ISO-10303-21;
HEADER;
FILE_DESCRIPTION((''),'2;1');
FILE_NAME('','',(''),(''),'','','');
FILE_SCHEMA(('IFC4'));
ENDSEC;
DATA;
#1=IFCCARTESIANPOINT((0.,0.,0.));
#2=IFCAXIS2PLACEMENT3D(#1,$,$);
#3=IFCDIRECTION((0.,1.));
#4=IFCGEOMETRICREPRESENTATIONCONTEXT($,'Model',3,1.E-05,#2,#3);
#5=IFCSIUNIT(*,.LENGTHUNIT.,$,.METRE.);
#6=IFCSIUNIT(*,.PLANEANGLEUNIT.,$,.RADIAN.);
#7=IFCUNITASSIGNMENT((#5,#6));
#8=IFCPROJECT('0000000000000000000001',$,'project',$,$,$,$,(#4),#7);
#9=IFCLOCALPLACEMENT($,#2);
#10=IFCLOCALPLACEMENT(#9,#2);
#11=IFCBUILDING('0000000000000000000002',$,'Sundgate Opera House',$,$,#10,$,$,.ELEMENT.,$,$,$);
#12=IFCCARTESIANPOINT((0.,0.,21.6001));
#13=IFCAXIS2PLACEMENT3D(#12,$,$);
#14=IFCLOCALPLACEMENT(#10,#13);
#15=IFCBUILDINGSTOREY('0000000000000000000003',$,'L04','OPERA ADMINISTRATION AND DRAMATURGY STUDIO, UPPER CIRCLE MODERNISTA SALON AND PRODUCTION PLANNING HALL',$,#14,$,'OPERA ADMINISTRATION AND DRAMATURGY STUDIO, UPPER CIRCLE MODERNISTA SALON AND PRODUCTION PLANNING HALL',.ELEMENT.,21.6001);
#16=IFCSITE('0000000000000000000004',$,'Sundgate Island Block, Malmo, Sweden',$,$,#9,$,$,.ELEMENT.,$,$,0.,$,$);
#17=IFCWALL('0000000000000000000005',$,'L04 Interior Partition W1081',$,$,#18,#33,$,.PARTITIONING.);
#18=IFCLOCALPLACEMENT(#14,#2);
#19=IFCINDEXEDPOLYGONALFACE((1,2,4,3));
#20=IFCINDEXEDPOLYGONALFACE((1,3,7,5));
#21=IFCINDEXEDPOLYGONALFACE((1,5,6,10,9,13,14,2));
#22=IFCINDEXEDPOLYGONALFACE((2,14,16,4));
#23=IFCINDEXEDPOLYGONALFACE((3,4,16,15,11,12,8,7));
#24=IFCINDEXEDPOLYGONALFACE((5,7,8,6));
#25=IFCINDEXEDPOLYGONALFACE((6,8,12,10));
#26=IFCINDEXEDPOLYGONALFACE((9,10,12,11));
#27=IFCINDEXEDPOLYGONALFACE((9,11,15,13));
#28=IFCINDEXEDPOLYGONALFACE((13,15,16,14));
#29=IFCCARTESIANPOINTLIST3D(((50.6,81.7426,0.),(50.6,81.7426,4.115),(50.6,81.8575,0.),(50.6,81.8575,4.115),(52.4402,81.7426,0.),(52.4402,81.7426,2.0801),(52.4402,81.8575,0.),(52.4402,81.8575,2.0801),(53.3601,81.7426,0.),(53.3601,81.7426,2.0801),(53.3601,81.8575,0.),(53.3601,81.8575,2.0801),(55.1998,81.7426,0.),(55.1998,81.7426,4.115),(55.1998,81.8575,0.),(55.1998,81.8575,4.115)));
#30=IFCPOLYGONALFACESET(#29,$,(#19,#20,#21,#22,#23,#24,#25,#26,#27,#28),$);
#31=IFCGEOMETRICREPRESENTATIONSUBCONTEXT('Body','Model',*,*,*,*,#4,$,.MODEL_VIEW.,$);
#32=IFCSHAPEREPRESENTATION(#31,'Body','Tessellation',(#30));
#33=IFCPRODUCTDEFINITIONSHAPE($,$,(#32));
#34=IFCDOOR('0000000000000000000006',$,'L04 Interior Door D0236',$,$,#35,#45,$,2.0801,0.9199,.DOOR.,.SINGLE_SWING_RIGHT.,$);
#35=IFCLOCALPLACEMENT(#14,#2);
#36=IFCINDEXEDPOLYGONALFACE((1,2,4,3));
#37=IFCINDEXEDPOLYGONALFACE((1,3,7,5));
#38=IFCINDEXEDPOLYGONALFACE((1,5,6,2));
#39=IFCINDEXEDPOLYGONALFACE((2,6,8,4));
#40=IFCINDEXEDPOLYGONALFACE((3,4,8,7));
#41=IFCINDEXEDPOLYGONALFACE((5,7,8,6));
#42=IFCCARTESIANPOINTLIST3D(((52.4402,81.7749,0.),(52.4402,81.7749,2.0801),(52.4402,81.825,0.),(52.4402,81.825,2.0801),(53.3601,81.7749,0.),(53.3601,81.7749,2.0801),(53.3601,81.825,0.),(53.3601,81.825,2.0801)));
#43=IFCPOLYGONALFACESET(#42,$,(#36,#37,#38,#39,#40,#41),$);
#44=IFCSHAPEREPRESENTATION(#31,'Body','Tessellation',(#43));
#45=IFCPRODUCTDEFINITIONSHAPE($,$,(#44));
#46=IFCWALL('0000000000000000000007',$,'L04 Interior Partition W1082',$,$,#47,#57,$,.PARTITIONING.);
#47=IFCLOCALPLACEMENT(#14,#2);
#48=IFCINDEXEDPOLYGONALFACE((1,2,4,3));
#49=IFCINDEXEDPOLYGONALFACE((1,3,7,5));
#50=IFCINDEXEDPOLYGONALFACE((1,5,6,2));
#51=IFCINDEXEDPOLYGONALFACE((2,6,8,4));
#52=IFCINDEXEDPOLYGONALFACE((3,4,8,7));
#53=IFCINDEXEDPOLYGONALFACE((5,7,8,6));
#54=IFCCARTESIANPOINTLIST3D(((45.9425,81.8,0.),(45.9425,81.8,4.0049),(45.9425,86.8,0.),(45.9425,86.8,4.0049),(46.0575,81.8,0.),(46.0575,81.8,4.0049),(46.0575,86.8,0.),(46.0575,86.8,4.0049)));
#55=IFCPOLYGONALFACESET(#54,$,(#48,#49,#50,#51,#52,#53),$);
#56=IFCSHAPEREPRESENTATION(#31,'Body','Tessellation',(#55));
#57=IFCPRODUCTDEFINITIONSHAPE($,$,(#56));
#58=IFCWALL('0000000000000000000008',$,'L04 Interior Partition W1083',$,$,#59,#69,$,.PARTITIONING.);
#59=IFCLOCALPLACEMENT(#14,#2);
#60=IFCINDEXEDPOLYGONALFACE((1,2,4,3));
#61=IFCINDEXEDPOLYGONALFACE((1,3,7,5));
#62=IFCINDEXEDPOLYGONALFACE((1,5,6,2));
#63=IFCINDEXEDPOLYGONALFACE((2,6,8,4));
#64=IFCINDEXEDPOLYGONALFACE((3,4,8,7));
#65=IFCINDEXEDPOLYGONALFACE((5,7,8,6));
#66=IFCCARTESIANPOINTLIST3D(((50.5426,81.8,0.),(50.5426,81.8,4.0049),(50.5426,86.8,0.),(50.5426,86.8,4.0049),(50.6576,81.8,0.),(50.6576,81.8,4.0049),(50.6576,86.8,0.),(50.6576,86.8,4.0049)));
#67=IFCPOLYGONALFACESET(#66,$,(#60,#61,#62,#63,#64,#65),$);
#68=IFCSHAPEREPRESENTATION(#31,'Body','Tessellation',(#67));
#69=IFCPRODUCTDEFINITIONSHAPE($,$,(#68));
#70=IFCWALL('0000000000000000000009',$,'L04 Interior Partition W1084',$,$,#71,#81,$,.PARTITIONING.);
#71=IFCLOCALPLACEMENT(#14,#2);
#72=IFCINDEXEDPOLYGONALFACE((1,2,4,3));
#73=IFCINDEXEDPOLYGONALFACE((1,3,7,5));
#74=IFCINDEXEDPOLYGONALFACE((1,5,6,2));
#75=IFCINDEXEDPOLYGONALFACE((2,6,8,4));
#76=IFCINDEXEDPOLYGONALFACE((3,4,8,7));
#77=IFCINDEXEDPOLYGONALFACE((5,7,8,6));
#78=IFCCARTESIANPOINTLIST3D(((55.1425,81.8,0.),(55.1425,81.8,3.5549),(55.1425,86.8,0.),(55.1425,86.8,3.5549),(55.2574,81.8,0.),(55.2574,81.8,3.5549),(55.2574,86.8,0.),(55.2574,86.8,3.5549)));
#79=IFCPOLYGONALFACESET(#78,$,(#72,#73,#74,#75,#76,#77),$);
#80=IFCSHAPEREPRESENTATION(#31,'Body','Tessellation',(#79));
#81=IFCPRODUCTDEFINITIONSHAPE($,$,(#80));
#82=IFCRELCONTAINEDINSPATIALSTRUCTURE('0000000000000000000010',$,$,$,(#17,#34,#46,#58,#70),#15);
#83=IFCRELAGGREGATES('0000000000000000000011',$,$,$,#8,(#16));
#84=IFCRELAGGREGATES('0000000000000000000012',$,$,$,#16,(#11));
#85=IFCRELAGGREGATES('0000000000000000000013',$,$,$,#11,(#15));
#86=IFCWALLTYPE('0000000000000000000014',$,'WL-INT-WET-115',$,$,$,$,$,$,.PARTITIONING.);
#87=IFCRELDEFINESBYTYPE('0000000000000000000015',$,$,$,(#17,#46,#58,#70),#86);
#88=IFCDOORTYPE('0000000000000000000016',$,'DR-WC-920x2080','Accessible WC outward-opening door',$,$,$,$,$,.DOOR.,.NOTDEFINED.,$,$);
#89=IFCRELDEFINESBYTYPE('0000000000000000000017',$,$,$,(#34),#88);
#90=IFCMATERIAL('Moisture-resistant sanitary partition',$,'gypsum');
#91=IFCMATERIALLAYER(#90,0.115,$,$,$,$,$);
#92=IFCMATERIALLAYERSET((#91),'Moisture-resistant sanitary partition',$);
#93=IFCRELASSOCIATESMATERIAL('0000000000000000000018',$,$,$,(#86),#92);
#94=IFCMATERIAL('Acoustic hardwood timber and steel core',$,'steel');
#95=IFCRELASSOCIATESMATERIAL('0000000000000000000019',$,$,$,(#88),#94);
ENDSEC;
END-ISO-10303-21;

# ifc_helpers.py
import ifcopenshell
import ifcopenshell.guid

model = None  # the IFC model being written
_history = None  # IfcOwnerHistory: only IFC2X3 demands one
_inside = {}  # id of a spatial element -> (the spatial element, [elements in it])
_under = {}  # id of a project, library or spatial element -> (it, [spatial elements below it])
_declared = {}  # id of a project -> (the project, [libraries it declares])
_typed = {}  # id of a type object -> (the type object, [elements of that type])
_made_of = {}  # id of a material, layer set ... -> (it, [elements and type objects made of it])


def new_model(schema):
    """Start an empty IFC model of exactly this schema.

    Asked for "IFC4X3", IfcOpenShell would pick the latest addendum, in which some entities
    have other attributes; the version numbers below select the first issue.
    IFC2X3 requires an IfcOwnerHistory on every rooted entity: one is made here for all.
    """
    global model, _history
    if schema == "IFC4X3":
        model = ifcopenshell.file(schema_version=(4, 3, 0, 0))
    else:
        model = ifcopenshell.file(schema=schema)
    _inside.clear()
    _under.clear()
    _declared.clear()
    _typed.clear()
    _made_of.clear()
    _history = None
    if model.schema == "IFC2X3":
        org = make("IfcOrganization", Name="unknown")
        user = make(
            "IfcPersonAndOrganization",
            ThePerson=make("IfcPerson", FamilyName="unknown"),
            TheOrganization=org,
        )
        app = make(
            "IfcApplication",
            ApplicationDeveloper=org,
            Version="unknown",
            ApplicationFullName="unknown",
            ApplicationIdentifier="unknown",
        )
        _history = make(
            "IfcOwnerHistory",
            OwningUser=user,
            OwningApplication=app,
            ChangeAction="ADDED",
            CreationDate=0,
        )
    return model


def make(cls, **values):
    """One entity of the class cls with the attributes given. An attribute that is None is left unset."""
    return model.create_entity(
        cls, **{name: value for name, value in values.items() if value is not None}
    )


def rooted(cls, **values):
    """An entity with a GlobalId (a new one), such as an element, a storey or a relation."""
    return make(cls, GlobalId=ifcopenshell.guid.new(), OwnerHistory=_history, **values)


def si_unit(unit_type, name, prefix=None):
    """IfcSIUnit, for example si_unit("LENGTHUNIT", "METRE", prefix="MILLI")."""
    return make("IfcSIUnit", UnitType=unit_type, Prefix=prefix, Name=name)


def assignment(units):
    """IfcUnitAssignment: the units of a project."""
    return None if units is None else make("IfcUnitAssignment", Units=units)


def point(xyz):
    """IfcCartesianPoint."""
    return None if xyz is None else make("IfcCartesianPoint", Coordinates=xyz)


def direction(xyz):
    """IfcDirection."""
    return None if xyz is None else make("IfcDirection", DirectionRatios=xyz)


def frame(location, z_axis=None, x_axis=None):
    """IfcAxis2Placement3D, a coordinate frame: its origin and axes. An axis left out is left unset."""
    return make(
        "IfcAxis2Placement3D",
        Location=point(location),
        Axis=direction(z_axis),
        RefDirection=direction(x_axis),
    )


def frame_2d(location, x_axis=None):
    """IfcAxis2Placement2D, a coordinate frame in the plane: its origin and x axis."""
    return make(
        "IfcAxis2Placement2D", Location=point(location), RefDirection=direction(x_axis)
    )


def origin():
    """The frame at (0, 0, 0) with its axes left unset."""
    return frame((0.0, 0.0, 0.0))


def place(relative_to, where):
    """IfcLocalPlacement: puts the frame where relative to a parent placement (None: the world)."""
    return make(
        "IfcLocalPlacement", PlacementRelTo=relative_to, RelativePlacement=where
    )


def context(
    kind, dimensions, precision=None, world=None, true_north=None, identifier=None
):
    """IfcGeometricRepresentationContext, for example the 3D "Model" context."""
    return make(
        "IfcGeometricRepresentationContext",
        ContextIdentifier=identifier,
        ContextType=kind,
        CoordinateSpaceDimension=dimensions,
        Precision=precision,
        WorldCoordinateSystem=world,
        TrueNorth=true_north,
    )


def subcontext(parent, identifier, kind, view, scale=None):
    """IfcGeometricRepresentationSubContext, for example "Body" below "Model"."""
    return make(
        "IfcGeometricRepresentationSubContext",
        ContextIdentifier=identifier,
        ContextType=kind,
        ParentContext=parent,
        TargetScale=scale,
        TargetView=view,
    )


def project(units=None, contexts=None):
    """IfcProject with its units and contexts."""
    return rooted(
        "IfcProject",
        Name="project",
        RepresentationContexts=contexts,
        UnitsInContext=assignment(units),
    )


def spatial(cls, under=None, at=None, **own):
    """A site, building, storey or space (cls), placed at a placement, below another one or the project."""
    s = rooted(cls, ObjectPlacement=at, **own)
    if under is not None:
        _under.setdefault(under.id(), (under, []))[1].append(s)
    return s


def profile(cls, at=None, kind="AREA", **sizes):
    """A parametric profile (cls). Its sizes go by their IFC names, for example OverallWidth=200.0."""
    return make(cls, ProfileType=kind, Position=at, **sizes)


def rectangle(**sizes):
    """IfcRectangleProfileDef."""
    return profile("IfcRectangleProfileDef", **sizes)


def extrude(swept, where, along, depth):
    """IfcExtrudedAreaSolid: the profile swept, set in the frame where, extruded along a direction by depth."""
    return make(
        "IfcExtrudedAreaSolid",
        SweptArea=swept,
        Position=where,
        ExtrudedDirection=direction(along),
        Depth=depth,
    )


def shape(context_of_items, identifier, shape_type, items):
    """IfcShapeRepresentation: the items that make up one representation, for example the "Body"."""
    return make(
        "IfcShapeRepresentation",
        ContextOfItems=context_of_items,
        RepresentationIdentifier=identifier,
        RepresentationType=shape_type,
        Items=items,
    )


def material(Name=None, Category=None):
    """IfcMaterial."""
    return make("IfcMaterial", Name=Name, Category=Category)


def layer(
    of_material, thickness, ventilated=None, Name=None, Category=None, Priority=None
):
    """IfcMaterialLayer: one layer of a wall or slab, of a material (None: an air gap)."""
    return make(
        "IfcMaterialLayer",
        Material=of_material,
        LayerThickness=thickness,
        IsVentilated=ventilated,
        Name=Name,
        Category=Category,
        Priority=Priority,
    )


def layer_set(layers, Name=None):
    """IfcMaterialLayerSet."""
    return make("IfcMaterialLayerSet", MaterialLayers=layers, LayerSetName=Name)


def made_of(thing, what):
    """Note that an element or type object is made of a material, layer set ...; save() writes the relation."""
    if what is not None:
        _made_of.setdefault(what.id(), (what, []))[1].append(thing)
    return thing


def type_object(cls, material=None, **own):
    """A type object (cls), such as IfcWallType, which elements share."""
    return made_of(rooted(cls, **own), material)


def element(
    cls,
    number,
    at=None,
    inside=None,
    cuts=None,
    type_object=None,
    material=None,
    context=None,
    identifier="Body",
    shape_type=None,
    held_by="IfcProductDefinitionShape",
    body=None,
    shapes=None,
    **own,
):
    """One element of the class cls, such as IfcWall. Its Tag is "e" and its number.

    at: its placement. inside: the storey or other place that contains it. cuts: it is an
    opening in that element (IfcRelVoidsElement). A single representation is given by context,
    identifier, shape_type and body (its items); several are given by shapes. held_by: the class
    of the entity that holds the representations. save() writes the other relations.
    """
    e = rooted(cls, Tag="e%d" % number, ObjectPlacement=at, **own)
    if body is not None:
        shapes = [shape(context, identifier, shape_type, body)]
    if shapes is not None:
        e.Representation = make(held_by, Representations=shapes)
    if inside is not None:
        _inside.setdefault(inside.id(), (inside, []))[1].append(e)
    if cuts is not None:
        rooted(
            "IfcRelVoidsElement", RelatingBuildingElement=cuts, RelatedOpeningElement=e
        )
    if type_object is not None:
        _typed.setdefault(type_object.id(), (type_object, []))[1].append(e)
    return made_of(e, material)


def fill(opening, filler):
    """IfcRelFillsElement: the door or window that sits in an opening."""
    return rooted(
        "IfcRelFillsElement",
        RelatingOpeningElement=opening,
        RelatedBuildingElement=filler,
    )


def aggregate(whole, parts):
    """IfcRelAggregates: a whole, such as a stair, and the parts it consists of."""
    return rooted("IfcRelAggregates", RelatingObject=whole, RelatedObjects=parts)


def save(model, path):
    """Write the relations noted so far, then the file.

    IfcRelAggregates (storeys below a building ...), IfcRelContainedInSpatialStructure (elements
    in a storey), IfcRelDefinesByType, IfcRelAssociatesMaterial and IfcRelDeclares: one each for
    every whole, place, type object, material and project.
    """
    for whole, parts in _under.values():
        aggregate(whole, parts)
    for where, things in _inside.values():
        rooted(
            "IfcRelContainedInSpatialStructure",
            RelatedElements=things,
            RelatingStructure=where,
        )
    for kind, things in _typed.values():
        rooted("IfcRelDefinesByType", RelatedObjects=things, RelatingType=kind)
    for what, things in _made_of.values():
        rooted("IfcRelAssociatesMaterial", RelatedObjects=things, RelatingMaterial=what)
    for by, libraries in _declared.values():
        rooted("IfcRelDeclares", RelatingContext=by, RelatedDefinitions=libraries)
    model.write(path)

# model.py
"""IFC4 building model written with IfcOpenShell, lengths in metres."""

from ifc_helpers import new_model, si_unit, direction, frame, frame_2d, origin, place, context, subcontext, project, spatial, rectangle, extrude, material, layer, layer_set, type_object, element, fill, save


model = new_model("IFC4")

# Units and contexts
model_context = context("Model", 3, precision=1e-05, world=origin(), true_north=direction((0.0, 1.0)))
body_context = subcontext(model_context, "Body", "Model", "MODEL_VIEW")
ifc_project = project(units=[si_unit("LENGTHUNIT", "METRE"), si_unit("PLANEANGLEUNIT", "RADIAN")], contexts=[model_context])

# Site, building, storey
site_placement = place(None, origin())
site = spatial("IfcSite", under=ifc_project, at=site_placement, Name="Sundgate Island Block, Malmo, Sweden", CompositionType="ELEMENT", RefElevation=0.0)
building_placement = place(site_placement, origin())
building = spatial("IfcBuilding", under=site, at=building_placement, Name="Sundgate Opera House", CompositionType="ELEMENT")
storey_placement = place(building_placement, frame((0.0, 0.0, 21.6001)))
storey = spatial("IfcBuildingStorey", under=building, at=storey_placement, Name="L04", Description="OPERA ADMINISTRATION AND DRAMATURGY STUDIO, UPPER CIRCLE MODERNISTA SALON AND PRODUCTION PLANNING HALL", LongName="OPERA ADMINISTRATION AND DRAMATURGY STUDIO, UPPER CIRCLE MODERNISTA SALON AND PRODUCTION PLANNING HALL", CompositionType="ELEMENT", Elevation=21.6001)

# Wall, opening, door
ifc_material_1 = material(Name="Moisture-resistant sanitary partition", Category="gypsum")
ifc_layer_1 = layer(ifc_material_1, 0.115)
ifc_layer_set_1 = layer_set([ifc_layer_1], Name="Moisture-resistant sanitary partition")
wall_type_1 = type_object("IfcWallType", Name="WL-INT-WET-115", PredefinedType="PARTITIONING", material=ifc_layer_set_1)
wall_1_placement = place(storey_placement, frame((50.6001, 81.8, 0.0), z_axis=(0.0, 0.0, 1.0), x_axis=(1.0, 0.0, 0.0)))
wall_1 = element("IfcWall", 1, at=wall_1_placement, inside=storey, type_object=wall_type_1, Name="L04 Interior Partition W1081", PredefinedType="PARTITIONING", context=body_context, shape_type="SweptSolid", body=[
    extrude(rectangle(XDim=4.5999, YDim=0.115, at=frame_2d((2.2998, 0.0))), origin(), (0.0, 0.0, 1.0), 4.115),
])
opening_1_placement = place(wall_1_placement, frame((1.8401, 0.0, 0.0)))
opening_1 = element("IfcOpeningElement", 2, at=opening_1_placement, cuts=wall_1, PredefinedType="OPENING", context=body_context, shape_type="SweptSolid", body=[
    extrude(rectangle(XDim=0.9199, YDim=2.0801, at=frame_2d((0.46, 1.04))), frame((0.0, 0.0674, 0.0), z_axis=(0.0, -1.0, 0.0), x_axis=(1.0, 0.0, 0.0)), (0.0, 0.0, 1.0), 0.135),
])
ifc_material_2 = material(Name="Acoustic hardwood timber and steel core", Category="steel")
door_type_1 = type_object("IfcDoorType", Name="DR-WC-920x2080", Description="Accessible WC outward-opening door", OperationType="NOTDEFINED", PredefinedType="DOOR", material=ifc_material_2)
door_1_placement = place(opening_1_placement, origin())
door_1 = element("IfcDoor", 3, at=door_1_placement, inside=storey, type_object=door_type_1, Name="L04 Interior Door D0236", OperationType="SINGLE_SWING_RIGHT", OverallHeight=2.0801, OverallWidth=0.9199, PredefinedType="DOOR", context=body_context, shape_type="SweptSolid", body=[
    extrude(rectangle(XDim=0.9199, YDim=2.0801, at=frame_2d((0.46, 1.04))), frame((0.0, 0.0249, 0.0), z_axis=(0.0, -1.0, 0.0), x_axis=(1.0, 0.0, 0.0)), (0.0, 0.0, 1.0), 0.05),
])
fill(opening_1, door_1)

# Walls
for number, where, z_axis, x_axis, name in (
    (4, (46.0, 81.8, 0.0), (0.0, 0.0, 1.0), (0.0, 1.0, 0.0), "L04 Interior Partition W1082"),
    (5, (50.6001, 81.8, 0.0), (0.0, 0.0, 1.0), (0.0, 1.0, 0.0), "L04 Interior Partition W1083"),
):
    element("IfcWall", number, at=place(storey_placement, frame(where, z_axis=z_axis, x_axis=x_axis)), inside=storey, type_object=wall_type_1, Name=name, PredefinedType="PARTITIONING", context=body_context, shape_type="SweptSolid", body=[
        extrude(rectangle(XDim=5.0, YDim=0.115, at=frame_2d((2.5, 0.0))), origin(), (0.0, 0.0, 1.0), 4.0049),
    ])
wall_2_placement = place(storey_placement, frame((55.2, 81.8, 0.0), z_axis=(0.0, 0.0, 1.0), x_axis=(0.0, 1.0, 0.0)))
element("IfcWall", 6, at=wall_2_placement, inside=storey, type_object=wall_type_1, Name="L04 Interior Partition W1084", PredefinedType="PARTITIONING", context=body_context, shape_type="SweptSolid", body=[
    extrude(rectangle(XDim=5.0, YDim=0.115, at=frame_2d((2.5, 0.0))), origin(), (0.0, 0.0, 1.0), 3.5549),
])

save(model, "model.ifc")
